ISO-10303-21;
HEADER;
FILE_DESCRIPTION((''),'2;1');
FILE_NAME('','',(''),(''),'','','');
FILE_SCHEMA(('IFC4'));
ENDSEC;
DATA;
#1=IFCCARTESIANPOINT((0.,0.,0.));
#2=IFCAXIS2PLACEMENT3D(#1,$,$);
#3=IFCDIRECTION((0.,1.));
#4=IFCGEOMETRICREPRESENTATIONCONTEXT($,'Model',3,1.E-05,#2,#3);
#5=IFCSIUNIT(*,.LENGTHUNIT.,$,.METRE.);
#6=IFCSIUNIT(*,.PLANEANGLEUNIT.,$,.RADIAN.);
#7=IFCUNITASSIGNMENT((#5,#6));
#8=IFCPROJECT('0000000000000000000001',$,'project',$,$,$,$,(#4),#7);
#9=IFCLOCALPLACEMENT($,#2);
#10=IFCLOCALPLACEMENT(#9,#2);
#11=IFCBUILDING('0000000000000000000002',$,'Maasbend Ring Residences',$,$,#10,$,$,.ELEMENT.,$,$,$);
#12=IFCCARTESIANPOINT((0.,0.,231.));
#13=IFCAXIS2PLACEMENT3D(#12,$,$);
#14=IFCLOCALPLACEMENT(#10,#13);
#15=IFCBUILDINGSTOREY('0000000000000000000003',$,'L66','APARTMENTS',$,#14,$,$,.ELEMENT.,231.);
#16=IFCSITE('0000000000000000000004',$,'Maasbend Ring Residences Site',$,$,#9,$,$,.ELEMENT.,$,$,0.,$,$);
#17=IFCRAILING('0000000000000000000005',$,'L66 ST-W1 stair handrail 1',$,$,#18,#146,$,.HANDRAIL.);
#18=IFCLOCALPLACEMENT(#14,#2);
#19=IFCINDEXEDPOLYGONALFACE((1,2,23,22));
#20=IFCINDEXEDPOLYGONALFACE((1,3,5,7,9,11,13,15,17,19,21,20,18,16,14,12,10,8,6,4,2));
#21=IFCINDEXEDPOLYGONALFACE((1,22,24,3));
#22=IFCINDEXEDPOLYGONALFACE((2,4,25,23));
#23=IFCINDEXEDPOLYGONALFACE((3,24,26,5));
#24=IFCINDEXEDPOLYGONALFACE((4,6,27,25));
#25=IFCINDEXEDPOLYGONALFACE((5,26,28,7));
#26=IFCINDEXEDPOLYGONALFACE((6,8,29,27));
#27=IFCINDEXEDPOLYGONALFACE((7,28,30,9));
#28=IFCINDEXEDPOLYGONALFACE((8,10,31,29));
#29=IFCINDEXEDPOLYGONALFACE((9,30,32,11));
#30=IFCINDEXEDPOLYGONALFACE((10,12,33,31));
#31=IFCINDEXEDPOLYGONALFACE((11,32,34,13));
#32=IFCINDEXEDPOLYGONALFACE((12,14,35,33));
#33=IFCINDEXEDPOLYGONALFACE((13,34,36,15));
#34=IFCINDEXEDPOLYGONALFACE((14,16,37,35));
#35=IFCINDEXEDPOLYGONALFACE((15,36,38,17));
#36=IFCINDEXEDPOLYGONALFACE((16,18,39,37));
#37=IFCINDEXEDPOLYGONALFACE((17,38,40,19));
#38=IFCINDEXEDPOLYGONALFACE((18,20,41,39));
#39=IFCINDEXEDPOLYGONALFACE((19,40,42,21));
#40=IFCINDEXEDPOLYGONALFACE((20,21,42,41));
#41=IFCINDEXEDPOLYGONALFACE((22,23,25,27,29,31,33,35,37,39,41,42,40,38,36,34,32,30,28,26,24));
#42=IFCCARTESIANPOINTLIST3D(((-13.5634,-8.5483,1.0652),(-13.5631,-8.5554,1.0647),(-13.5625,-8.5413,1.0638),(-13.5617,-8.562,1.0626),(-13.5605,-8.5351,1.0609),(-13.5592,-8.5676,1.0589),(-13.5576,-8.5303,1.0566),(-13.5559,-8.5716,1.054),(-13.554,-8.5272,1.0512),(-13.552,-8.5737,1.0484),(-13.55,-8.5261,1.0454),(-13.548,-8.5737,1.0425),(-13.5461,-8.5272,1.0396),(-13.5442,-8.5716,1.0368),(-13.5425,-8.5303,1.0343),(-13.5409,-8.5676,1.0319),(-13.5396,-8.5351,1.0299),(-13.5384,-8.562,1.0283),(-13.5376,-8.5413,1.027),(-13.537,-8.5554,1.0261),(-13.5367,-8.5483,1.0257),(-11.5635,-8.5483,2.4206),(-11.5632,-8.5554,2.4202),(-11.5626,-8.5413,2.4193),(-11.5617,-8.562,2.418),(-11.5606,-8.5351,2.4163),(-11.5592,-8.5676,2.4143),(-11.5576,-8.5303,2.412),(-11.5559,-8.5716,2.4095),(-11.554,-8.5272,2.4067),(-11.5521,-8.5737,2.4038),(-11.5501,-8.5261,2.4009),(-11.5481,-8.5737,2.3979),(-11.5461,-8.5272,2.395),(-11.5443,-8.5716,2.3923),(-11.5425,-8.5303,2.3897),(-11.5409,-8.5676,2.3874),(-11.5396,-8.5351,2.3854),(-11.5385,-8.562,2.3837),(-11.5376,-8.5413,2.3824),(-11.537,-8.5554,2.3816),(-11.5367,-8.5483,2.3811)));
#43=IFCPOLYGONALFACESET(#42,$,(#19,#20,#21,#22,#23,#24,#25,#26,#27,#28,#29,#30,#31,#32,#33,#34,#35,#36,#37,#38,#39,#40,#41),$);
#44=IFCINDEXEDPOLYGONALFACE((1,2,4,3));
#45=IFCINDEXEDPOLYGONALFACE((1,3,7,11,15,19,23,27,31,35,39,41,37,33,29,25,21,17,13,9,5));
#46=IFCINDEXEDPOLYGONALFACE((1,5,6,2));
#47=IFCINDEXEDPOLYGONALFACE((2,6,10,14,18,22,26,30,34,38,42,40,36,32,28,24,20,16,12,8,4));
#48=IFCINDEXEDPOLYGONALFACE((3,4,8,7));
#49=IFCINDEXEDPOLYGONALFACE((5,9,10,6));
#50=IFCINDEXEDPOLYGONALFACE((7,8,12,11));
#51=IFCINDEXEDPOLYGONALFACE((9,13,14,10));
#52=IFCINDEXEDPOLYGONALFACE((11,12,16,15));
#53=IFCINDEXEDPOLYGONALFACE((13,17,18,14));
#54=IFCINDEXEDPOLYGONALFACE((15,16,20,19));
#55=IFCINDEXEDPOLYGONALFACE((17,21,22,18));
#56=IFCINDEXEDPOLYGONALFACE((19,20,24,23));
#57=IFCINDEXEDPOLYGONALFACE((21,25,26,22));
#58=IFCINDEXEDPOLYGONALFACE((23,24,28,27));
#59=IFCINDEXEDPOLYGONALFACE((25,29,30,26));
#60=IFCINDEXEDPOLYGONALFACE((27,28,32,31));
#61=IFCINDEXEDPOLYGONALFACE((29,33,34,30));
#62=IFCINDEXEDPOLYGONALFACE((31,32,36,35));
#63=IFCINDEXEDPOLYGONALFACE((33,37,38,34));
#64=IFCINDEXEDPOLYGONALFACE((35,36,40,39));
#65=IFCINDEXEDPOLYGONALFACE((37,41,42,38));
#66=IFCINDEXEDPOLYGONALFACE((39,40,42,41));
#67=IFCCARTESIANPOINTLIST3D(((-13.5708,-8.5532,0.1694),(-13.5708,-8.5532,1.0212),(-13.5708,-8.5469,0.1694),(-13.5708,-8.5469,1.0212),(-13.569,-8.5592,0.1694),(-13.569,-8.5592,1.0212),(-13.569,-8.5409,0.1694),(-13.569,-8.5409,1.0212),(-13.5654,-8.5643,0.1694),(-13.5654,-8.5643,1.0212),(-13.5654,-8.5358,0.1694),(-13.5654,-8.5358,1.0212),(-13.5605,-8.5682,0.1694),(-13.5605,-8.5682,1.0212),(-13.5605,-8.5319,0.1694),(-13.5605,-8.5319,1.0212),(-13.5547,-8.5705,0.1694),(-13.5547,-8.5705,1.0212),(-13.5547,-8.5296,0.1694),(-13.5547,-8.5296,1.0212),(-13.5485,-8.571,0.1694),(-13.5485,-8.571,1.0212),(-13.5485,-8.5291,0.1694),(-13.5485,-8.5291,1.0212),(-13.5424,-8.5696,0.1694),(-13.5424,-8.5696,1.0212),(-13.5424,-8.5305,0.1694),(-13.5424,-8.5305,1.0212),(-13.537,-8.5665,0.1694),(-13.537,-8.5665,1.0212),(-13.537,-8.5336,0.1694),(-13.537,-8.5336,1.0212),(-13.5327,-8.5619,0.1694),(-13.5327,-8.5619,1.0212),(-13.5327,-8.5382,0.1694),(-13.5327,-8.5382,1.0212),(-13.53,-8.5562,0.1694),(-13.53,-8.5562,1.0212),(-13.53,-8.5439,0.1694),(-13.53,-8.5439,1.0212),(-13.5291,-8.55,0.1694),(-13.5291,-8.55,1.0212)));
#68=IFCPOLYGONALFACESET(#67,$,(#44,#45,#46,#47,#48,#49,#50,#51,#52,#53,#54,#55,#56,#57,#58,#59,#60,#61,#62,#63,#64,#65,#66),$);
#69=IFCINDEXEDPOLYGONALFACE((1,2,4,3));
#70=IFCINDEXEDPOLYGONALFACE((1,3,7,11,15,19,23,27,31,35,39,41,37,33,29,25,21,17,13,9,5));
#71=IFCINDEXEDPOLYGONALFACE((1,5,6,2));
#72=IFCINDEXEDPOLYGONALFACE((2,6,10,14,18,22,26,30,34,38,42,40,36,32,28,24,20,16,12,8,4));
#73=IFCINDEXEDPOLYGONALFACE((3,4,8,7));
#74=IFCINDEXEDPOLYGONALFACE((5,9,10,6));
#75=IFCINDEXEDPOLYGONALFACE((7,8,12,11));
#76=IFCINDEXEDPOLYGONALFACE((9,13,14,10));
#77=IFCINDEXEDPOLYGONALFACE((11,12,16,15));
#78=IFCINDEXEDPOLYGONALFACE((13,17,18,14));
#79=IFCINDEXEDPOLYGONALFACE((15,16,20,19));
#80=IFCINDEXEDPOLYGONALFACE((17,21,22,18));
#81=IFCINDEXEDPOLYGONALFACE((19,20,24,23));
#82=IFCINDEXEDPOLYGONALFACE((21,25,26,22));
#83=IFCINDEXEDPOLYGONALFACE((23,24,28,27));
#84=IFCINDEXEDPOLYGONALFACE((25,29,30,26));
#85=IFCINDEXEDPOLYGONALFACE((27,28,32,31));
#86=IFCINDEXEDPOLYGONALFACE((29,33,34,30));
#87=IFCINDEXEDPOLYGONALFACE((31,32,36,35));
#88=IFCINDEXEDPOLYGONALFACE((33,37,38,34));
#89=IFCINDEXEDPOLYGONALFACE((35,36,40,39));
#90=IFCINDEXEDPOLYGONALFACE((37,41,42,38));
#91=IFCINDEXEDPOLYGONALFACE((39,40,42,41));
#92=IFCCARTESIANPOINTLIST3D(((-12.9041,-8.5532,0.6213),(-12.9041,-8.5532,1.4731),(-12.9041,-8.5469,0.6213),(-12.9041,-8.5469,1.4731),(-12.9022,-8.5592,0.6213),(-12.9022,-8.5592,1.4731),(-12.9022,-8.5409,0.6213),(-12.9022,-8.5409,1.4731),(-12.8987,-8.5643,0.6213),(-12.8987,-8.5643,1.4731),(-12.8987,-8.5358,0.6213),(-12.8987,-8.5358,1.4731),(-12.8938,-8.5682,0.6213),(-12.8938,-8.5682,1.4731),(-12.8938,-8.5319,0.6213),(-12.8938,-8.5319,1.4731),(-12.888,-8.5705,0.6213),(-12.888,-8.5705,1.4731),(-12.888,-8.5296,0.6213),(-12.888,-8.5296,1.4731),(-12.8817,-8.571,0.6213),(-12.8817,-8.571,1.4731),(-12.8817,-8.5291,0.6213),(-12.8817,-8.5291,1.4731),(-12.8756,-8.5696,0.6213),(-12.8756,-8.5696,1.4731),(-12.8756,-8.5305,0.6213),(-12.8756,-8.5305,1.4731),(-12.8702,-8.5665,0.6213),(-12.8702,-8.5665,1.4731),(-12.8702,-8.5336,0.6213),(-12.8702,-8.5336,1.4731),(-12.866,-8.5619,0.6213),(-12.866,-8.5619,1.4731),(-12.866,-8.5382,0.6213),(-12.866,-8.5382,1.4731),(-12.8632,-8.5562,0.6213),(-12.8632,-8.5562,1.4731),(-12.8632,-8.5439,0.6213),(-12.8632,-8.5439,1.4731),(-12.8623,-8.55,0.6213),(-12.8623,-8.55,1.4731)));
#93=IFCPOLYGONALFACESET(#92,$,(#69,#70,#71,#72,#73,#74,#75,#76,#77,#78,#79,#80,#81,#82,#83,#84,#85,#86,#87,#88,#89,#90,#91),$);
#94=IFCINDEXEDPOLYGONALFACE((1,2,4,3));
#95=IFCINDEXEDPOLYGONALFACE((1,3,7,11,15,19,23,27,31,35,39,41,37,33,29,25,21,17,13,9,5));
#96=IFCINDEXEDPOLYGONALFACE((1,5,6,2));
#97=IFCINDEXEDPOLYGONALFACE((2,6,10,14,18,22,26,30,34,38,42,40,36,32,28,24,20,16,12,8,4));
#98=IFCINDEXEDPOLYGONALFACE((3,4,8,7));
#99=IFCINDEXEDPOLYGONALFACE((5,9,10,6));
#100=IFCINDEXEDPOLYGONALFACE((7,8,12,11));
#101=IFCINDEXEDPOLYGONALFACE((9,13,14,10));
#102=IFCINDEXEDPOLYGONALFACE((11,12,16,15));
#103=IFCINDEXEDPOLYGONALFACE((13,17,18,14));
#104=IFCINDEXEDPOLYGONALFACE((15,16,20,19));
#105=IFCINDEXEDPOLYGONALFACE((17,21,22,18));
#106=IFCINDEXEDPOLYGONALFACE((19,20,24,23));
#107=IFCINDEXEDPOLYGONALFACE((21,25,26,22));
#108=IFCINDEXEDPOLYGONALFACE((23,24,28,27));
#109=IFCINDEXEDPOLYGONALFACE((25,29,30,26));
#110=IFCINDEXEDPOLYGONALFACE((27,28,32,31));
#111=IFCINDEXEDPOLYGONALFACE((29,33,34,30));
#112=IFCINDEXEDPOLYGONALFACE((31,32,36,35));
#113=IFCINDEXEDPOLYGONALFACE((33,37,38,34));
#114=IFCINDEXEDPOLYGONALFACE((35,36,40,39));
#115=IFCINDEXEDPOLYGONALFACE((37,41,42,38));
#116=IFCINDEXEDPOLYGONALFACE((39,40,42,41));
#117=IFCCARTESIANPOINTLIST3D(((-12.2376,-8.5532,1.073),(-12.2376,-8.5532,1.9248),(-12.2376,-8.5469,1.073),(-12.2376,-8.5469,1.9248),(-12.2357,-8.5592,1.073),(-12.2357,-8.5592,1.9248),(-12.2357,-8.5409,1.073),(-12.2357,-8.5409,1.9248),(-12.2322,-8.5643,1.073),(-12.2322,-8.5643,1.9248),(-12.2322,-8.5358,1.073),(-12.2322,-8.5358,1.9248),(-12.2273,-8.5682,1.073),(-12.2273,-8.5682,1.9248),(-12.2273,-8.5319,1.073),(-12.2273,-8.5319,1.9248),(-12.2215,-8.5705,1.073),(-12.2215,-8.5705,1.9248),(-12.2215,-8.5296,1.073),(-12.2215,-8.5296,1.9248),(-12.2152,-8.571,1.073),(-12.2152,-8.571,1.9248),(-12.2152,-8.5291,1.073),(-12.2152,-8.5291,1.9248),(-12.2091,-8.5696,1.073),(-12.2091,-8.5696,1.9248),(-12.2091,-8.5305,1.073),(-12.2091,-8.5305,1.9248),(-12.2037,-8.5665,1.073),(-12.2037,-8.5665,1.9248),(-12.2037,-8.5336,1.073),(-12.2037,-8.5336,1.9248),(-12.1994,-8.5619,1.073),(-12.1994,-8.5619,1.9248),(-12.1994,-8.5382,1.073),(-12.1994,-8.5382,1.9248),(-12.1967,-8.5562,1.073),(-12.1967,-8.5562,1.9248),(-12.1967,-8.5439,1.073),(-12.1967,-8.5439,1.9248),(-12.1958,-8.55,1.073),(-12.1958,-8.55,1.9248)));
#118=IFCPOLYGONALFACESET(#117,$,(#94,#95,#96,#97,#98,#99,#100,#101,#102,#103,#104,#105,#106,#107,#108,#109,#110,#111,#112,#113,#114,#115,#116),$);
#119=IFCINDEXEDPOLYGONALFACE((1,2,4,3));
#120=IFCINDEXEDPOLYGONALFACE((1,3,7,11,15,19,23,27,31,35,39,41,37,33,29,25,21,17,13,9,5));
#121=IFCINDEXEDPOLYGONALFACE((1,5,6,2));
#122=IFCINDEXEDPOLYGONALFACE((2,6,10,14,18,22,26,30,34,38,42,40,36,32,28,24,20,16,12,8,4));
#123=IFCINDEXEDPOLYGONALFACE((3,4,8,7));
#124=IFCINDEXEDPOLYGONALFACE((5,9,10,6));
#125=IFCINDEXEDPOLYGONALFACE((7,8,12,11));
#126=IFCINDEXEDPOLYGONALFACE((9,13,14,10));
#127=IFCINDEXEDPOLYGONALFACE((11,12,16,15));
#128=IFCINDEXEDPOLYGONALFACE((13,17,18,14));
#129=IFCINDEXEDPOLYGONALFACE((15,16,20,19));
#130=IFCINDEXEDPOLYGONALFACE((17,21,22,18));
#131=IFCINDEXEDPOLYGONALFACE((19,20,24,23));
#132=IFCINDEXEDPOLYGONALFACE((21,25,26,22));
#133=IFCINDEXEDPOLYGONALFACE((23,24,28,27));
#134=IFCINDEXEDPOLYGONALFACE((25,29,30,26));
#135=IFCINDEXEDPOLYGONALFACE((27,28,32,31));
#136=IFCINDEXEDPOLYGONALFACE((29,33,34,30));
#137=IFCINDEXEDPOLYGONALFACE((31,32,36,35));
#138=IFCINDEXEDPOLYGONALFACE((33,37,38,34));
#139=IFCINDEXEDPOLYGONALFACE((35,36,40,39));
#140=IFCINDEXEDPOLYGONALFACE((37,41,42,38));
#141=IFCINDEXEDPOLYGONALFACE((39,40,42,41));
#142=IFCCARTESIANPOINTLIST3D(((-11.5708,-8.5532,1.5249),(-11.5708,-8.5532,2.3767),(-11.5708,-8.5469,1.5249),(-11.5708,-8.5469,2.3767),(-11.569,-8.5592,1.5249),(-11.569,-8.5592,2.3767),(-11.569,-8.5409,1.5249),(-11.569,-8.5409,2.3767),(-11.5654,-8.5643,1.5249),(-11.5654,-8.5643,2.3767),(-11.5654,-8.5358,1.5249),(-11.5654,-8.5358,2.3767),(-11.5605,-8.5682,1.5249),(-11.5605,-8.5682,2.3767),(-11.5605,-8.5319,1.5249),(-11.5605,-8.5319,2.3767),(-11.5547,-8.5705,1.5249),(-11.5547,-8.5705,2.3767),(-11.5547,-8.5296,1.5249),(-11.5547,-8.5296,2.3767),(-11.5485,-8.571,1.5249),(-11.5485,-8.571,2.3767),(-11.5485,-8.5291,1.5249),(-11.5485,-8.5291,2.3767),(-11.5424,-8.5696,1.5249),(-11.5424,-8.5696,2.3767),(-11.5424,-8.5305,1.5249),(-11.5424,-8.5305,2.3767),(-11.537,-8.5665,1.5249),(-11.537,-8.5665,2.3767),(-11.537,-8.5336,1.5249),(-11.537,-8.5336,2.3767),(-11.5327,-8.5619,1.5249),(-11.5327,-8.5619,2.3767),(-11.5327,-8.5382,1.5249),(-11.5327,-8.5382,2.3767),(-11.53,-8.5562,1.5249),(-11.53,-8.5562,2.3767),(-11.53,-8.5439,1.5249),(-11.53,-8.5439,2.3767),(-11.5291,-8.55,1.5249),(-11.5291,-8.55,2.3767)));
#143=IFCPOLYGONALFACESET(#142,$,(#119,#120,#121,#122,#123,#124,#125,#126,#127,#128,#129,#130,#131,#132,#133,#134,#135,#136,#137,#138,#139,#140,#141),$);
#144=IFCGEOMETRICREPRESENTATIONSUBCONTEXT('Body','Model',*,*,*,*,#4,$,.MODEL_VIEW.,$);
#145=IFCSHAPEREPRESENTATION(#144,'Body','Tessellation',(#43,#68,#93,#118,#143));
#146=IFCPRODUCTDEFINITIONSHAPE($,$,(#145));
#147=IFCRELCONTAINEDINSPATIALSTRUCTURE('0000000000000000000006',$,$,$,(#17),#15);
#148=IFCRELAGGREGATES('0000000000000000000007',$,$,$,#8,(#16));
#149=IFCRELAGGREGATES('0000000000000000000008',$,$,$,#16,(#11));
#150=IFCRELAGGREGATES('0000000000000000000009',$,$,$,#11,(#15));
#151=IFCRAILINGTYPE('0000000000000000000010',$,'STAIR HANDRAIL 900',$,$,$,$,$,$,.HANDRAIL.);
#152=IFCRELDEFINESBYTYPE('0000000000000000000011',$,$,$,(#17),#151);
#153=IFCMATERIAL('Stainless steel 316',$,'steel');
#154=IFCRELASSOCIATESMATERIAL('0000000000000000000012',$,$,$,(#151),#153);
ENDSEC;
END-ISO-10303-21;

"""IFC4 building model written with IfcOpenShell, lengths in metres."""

from ifc_helpers import new_model, si_unit, direction, frame, origin, origin_2d, place, context, subcontext, project, spatial, circle, extrude, material, type_object, element, save


model = new_model("IFC4")

# Units and contexts
model_context = context("Model", 3, precision=1e-05, world=origin(), true_north=direction((0.0, 1.0)))
body_context = subcontext(model_context, "Body", "Model", "MODEL_VIEW")
ifc_project = project(units=[si_unit("LENGTHUNIT", "METRE"), si_unit("PLANEANGLEUNIT", "RADIAN")], contexts=[model_context])

# Site, building, storey
site_placement = place(None, origin())
site = spatial("IfcSite", under=ifc_project, at=site_placement, Name="Maasbend Ring Residences Site", CompositionType="ELEMENT", RefElevation=0.0)
building_placement = place(site_placement, origin())
building = spatial("IfcBuilding", under=site, at=building_placement, Name="Maasbend Ring Residences", CompositionType="ELEMENT")
storey_placement = place(building_placement, frame((0.0, 0.0, 231.0)))
storey = spatial("IfcBuildingStorey", under=building, at=storey_placement, Name="L66", Description="APARTMENTS", CompositionType="ELEMENT", Elevation=231.0)

# Railing
ifc_material_1 = material(Name="Stainless steel 316", Category="steel")
railing_type_1 = type_object("IfcRailingType", Name="STAIR HANDRAIL 900", PredefinedType="HANDRAIL", material=ifc_material_1)
railing_1_placement = place(storey_placement, frame((-13.55, -8.55, 0.1694)))
element("IfcRailing", 1, at=railing_1_placement, inside=storey, type_object=railing_type_1, Name="L66 ST-W1 stair handrail 1", PredefinedType="HANDRAIL", context=body_context, shape_type="SweptSolid", body=[
    extrude(circle(Radius=0.0239, at=origin_2d()), frame((0.0, 0.0, 0.876), z_axis=(0.827798, 0.0, 0.561027), x_axis=(0.0, 1.0, 0.0)), (0.0, 0.0, 1.0), 2.416),
    extrude(circle(Radius=0.021, at=origin_2d()), origin(), (0.0, 0.0, 1.0), 0.8518),
    extrude(circle(Radius=0.021, at=origin_2d()), frame((0.6667, 0.0, 0.4519)), (0.0, 0.0, 1.0), 0.8518),
    extrude(circle(Radius=0.021, at=origin_2d()), frame((1.3333, 0.0, 0.9036)), (0.0, 0.0, 1.0), 0.8518),
    extrude(circle(Radius=0.021, at=origin_2d()), frame((2.0, 0.0, 1.3555)), (0.0, 0.0, 1.0), 0.8518),
])

save(model, "model.ifc")
